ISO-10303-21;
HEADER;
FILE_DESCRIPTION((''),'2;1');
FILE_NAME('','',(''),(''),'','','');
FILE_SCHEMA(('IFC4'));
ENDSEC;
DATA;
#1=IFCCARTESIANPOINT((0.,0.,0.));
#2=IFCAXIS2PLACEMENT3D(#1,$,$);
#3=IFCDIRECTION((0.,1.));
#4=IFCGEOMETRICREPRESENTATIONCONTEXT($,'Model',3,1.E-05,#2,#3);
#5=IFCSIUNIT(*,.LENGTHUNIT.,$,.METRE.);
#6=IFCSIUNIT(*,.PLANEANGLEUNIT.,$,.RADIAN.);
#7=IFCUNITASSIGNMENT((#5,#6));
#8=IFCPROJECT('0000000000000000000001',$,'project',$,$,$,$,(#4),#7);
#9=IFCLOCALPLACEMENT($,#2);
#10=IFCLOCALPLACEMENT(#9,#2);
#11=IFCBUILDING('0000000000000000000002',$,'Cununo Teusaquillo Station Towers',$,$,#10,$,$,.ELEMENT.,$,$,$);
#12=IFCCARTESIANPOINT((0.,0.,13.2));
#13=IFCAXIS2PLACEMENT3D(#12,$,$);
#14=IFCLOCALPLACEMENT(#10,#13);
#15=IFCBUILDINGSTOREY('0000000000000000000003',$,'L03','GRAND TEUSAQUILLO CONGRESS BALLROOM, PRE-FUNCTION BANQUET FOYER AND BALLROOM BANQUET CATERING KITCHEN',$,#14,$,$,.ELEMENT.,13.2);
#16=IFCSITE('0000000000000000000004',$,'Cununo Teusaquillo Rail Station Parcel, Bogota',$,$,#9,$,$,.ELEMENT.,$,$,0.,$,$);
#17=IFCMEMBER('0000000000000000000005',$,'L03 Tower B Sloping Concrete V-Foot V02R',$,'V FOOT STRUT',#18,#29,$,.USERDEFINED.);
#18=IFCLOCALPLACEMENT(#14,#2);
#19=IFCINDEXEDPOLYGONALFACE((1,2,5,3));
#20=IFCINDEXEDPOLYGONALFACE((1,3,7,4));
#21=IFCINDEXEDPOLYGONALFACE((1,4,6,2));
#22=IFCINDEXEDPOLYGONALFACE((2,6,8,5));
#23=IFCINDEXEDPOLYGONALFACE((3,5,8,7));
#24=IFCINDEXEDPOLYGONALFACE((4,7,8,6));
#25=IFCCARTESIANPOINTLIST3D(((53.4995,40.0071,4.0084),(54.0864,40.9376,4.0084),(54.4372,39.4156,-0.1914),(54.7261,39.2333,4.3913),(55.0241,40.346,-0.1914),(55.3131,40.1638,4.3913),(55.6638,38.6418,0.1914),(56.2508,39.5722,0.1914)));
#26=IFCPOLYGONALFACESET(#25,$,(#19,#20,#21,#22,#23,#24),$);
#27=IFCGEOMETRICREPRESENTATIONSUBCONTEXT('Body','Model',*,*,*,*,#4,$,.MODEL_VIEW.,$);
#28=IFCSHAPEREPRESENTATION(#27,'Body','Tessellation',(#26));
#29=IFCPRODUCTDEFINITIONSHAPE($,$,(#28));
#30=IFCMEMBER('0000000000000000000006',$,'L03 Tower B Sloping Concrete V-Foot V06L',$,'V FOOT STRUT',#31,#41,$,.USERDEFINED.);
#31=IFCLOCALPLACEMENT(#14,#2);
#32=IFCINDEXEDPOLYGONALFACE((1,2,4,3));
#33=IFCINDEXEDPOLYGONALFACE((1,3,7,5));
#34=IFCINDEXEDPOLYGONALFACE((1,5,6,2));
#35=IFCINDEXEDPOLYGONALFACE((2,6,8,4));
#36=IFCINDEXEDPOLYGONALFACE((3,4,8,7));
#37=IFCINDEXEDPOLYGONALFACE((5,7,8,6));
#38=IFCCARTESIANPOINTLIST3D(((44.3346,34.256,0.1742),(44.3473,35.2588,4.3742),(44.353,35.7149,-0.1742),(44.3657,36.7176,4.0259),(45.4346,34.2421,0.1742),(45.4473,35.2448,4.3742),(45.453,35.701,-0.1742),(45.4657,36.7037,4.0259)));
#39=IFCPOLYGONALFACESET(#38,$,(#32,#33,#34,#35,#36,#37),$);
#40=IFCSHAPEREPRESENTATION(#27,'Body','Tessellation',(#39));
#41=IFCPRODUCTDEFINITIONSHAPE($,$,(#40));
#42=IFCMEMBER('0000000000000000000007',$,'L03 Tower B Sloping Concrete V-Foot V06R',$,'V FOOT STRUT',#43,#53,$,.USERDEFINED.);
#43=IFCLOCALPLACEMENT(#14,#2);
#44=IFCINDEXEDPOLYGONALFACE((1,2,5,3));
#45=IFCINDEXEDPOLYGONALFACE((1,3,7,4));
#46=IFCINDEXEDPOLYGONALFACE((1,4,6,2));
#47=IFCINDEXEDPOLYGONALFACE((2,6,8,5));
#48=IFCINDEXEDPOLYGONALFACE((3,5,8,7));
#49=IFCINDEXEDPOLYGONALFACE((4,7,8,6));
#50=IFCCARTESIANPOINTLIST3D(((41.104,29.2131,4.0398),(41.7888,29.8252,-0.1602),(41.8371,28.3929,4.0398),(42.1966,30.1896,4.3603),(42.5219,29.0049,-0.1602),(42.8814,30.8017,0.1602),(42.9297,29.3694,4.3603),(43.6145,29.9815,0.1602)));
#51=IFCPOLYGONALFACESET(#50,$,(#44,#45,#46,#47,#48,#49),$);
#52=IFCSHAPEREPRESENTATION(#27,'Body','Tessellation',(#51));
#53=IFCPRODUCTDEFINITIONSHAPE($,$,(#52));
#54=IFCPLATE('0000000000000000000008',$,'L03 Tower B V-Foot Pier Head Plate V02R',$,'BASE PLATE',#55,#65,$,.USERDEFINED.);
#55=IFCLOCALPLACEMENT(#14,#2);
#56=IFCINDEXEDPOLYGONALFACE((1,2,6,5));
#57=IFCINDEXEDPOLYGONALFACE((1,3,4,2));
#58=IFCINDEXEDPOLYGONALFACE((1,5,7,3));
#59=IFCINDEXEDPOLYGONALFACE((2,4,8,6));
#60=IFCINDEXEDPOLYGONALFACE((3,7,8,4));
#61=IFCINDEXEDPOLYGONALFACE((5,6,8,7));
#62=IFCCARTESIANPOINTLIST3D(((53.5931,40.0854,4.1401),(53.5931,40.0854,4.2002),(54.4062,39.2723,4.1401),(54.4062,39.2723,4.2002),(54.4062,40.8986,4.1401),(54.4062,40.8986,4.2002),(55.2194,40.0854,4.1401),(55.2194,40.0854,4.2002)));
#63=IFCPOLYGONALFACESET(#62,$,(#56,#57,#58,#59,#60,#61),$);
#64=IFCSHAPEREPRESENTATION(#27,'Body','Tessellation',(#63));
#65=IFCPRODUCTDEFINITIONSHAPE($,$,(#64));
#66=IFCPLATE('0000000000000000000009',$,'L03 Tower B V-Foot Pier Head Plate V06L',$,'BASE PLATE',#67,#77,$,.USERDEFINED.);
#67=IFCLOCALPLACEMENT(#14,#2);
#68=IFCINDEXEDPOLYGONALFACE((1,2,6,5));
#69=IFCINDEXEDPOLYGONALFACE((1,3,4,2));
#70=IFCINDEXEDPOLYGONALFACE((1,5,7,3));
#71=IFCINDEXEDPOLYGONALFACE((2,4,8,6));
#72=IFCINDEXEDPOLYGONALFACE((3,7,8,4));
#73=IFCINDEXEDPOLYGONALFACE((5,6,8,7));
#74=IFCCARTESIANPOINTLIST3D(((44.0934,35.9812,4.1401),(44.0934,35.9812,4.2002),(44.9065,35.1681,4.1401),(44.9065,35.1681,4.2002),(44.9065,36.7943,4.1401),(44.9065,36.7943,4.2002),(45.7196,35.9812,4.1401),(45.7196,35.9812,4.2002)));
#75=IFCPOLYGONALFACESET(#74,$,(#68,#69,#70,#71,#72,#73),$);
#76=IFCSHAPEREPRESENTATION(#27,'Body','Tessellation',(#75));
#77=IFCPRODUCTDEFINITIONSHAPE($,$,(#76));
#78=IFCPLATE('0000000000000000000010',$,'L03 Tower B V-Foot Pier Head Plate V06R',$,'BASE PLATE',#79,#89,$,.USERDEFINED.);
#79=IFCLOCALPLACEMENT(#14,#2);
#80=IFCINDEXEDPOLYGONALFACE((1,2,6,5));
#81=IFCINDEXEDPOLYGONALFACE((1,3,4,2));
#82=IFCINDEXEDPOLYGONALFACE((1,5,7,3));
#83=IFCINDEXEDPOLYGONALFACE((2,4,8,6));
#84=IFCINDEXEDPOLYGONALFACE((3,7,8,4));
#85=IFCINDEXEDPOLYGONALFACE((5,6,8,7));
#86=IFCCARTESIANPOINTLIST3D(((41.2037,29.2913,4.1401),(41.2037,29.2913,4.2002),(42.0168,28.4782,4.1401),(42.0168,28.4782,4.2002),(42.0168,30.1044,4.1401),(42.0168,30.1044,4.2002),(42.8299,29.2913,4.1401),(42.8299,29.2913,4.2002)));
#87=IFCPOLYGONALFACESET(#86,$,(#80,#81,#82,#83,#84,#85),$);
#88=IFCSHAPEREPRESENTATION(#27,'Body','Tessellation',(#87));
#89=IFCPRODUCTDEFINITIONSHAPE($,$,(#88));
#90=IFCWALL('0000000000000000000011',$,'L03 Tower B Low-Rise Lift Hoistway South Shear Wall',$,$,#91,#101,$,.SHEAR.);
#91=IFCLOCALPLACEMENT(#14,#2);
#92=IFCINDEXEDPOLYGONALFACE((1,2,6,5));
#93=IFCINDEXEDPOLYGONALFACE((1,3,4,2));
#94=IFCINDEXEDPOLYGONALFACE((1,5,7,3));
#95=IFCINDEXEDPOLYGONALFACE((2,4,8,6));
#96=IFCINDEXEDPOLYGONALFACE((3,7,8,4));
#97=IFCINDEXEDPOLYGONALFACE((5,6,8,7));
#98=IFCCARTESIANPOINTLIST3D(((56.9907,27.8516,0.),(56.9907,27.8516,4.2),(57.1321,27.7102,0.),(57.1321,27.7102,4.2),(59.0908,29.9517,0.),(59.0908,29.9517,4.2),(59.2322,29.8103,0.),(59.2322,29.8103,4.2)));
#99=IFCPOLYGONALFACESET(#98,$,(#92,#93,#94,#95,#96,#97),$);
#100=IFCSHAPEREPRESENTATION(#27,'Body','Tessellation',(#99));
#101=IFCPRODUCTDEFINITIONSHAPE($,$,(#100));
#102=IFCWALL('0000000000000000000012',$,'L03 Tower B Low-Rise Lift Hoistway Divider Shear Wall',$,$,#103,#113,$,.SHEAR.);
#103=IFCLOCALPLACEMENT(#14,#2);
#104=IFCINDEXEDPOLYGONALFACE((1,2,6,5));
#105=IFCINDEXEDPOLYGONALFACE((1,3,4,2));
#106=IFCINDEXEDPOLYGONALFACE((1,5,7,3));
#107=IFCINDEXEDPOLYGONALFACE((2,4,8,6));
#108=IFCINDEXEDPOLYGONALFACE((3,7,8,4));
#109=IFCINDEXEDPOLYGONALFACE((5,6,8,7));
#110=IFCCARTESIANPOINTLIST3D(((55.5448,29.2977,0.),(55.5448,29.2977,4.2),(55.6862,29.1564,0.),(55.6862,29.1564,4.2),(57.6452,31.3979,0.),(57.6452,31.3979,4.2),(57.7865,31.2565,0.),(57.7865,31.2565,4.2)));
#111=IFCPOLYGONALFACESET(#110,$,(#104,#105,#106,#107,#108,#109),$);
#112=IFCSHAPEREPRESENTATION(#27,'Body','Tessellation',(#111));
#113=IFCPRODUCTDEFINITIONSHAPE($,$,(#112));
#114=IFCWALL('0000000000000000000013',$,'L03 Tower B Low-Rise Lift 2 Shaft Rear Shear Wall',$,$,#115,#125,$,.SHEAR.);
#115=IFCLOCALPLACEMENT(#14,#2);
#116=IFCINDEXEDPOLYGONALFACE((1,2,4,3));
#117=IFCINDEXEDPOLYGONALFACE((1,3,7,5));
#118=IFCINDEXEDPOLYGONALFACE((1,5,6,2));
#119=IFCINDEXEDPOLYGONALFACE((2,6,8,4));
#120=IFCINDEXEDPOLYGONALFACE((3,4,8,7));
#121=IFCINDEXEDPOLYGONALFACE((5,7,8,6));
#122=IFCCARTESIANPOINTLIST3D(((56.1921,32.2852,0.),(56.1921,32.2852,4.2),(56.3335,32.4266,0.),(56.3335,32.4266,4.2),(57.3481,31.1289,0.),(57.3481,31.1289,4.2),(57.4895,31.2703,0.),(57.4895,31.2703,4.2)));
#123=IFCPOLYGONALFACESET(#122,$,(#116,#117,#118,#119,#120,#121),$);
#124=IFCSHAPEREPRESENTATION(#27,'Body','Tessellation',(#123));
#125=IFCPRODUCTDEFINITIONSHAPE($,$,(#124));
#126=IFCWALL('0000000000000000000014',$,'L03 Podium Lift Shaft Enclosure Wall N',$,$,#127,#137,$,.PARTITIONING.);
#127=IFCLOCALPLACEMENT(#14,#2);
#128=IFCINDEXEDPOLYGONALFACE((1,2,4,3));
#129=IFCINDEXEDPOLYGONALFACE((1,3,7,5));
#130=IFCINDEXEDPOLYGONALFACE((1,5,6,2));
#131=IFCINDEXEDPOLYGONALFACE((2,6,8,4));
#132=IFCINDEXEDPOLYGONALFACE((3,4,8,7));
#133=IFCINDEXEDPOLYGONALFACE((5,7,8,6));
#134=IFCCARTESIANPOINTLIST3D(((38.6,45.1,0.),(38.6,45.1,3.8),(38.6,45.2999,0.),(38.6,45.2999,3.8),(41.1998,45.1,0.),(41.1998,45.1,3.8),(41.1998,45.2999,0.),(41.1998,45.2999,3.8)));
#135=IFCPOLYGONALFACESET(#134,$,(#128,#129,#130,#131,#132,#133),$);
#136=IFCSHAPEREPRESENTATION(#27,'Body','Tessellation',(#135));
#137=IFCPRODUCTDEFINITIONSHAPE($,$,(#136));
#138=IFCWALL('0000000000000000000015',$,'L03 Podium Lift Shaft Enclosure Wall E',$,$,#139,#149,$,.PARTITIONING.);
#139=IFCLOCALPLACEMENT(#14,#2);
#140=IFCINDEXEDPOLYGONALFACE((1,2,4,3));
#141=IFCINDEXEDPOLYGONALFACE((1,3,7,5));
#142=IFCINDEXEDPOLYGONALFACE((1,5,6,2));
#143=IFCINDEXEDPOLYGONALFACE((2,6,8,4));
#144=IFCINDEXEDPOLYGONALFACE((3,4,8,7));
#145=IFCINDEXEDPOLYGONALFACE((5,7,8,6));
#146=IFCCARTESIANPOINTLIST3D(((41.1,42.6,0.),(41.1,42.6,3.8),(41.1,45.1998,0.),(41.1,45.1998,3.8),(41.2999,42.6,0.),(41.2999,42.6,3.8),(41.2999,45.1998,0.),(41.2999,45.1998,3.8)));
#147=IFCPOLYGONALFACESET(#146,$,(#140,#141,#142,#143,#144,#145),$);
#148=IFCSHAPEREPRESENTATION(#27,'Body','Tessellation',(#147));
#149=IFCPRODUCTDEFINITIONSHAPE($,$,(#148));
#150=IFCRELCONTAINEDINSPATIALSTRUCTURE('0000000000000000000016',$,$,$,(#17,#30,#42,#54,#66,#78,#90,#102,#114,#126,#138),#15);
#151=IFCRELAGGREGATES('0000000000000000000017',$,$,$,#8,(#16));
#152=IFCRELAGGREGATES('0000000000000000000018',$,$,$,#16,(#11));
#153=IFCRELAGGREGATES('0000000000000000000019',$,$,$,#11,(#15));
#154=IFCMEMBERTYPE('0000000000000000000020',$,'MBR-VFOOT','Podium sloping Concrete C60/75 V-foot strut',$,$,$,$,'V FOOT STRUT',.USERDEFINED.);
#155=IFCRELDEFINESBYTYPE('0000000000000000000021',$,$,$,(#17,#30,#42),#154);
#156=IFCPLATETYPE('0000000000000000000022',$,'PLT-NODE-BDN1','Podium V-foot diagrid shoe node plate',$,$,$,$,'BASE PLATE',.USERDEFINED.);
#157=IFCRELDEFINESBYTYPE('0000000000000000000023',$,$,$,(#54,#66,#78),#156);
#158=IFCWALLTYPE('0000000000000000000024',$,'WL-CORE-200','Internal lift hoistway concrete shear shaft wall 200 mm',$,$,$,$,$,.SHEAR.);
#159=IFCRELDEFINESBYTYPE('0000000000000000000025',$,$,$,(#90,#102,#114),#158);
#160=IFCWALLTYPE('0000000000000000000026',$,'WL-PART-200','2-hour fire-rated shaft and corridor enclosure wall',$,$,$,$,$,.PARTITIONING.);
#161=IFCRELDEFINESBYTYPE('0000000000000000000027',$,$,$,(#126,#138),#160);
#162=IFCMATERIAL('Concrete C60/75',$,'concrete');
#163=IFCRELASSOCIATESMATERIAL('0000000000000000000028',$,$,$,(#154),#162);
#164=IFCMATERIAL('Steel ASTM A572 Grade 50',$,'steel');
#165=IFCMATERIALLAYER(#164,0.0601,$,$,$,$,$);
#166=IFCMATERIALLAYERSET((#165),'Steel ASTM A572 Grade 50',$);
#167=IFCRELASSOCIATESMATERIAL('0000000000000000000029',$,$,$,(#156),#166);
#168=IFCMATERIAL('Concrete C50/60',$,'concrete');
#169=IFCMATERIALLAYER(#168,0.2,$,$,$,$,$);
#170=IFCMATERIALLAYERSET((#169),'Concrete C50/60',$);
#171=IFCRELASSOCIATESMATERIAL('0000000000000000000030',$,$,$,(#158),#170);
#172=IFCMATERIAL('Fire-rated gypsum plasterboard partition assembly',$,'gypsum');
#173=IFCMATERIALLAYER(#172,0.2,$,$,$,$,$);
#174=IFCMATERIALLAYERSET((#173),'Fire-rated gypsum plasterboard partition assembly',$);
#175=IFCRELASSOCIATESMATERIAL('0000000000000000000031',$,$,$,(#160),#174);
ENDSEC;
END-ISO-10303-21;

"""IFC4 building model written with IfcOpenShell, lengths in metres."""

from ifc_helpers import new_model, si_unit, direction, frame, frame_2d, origin, origin_2d, place, context, subcontext, project, spatial, rectangle, extrude, source, transform, mapped, material, layer, layer_set, material_profile, profile_set, type_object, element, save


model = new_model("IFC4")

# Units and contexts
model_context = context("Model", 3, precision=1e-05, world=origin(), true_north=direction((0.0, 1.0)))
body_context = subcontext(model_context, "Body", "Model", "MODEL_VIEW")
ifc_project = project(units=[si_unit("LENGTHUNIT", "METRE"), si_unit("PLANEANGLEUNIT", "RADIAN")], contexts=[model_context])

# Site, building, storey
site_placement = place(None, origin())
site = spatial("IfcSite", under=ifc_project, at=site_placement, Name="Cununo Teusaquillo Rail Station Parcel, Bogota", CompositionType="ELEMENT", RefElevation=0.0)
building_placement = place(site_placement, origin())
building = spatial("IfcBuilding", under=site, at=building_placement, Name="Cununo Teusaquillo Station Towers", CompositionType="ELEMENT")
storey_placement = place(building_placement, frame((0.0, 0.0, 13.2)))
storey = spatial("IfcBuildingStorey", under=building, at=storey_placement, Name="L03", Description="GRAND TEUSAQUILLO CONGRESS BALLROOM, PRE-FUNCTION BANQUET FOYER AND BALLROOM BANQUET CATERING KITCHEN", CompositionType="ELEMENT", Elevation=13.2)

# Members
ifc_material_1 = material(Name="Concrete C60/75", Category="concrete")
ifc_material_profile_1 = material_profile(ifc_material_1, rectangle(XDim=1.1001, YDim=1.5, at=origin_2d()), Name="RC-RECT-1500x1100")
ifc_profile_set_1 = profile_set([ifc_material_profile_1], Name="Concrete C60/75")
member_type = type_object("IfcMemberType", Name="MBR-VFOOT", Description="Podium sloping Concrete C60/75 V-foot strut", ElementType="V FOOT STRUT", PredefinedType="USERDEFINED", material=ifc_profile_set_1)
member_1_placement = place(storey_placement, frame((55.344, 39.4939, 0.0), z_axis=(-0.215879, 0.136182, 0.966877), x_axis=(-0.533537, -0.845777, 0.0)))
element("IfcMember", 1, at=member_1_placement, inside=storey, type_object=member_type, Name="L03 Tower B Sloping Concrete V-Foot V02R", ObjectType="V FOOT STRUT", PredefinedType="USERDEFINED", context=body_context, shape_type="SweptSolid", body=[
    extrude(rectangle(XDim=1.1001, YDim=1.5, at=origin_2d()), origin(), (0.0, 0.0, 1.0), 4.3438),
])
member_2_placement = place(storey_placement, frame((44.8938, 34.9785, 0.0), z_axis=(0.00294, 0.232211, 0.972661), x_axis=(-0.99992, 0.01266, 0.0)))
element("IfcMember", 2, at=member_2_placement, inside=storey, type_object=member_type, Name="L03 Tower B Sloping Concrete V-Foot V06L", ObjectType="V FOOT STRUT", PredefinedType="USERDEFINED", context=body_context, shape_type="SweptSolid", body=[
    extrude(rectangle(XDim=1.1001, YDim=1.5, at=origin_2d()), origin(), (0.0, 0.0, 1.0), 4.3181),
])
member_3_placement = place(storey_placement, frame((42.7017, 29.9033, 0.0), z_axis=(-0.159289, -0.142366, 0.976913), x_axis=(0.666391, -0.745603, 0.0)))
element("IfcMember", 3, at=member_3_placement, inside=storey, type_object=member_type, Name="L03 Tower B Sloping Concrete V-Foot V06R", ObjectType="V FOOT STRUT", PredefinedType="USERDEFINED", context=body_context, shape_type="SweptSolid", body=[
    extrude(rectangle(XDim=1.1001, YDim=1.5, at=origin_2d()), origin(), (0.0, 0.0, 1.0), 4.2993),
])

# Plates
ifc_material_2 = material(Name="Steel ASTM A572 Grade 50", Category="steel")
ifc_layer_1 = layer(ifc_material_2, 0.0601)
ifc_layer_set_1 = layer_set([ifc_layer_1], Name="Steel ASTM A572 Grade 50")
plate_type = type_object("IfcPlateType", Name="PLT-NODE-BDN1", Description="Podium V-foot diagrid shoe node plate", ElementType="BASE PLATE", PredefinedType="USERDEFINED", material=ifc_layer_set_1)
shared_shape_1 = source(origin(), body_context, "Body", "SweptSolid", [
    extrude(rectangle(XDim=1.1499, YDim=1.1499, at=origin_2d()), origin(), (0.0, 0.0, 1.0), 0.0601),
])
for number, where, z_axis, x_axis, name in (
    (4, (54.4062, 40.0854, 4.1401), (0.0, 0.0, 1.0), (0.707107, 0.707107, 0.0), "L03 Tower B V-Foot Pier Head Plate V02R"),
    (5, (44.9065, 35.9812, 4.1401), (0.0, 0.0, 1.0), (0.707107, 0.707107, 0.0), "L03 Tower B V-Foot Pier Head Plate V06L"),
    (6, (42.0168, 29.2913, 4.1401), (0.0, 0.0, 1.0), (0.707107, 0.707107, 0.0), "L03 Tower B V-Foot Pier Head Plate V06R"),
):
    element("IfcPlate", number, at=place(storey_placement, frame(where, z_axis=z_axis, x_axis=x_axis)), inside=storey, type_object=plate_type, Name=name, ObjectType="BASE PLATE", PredefinedType="USERDEFINED", context=body_context, shape_type="MappedRepresentation", body=[
        mapped(shared_shape_1, transform((0.0, 0.0, 0.0), x_axis=(1.0, 0.0, 0.0), y_axis=(0.0, 1.0, 0.0), z_axis=(0.0, 0.0, 1.0), scale=1.0)),
    ])

# Walls
ifc_material_3 = material(Name="Concrete C50/60", Category="concrete")
ifc_layer_2 = layer(ifc_material_3, 0.2)
ifc_layer_set_2 = layer_set([ifc_layer_2], Name="Concrete C50/60")
wall_type_1 = type_object("IfcWallType", Name="WL-CORE-200", Description="Internal lift hoistway concrete shear shaft wall 200 mm", PredefinedType="SHEAR", material=ifc_layer_set_2)
wall_1_placement = place(storey_placement, frame((57.0615, 27.781, 0.0), z_axis=(0.0, 0.0, 1.0), x_axis=(0.707107, 0.707107, 0.0)))
element("IfcWall", 7, at=wall_1_placement, inside=storey, type_object=wall_type_1, Name="L03 Tower B Low-Rise Lift Hoistway South Shear Wall", PredefinedType="SHEAR", context=body_context, shape_type="SweptSolid", body=[
    extrude(rectangle(XDim=2.97, YDim=0.2, at=frame_2d((1.4849, 0.0))), origin(), (0.0, 0.0, 1.0), 4.2),
])
wall_2_placement = place(storey_placement, frame((55.6155, 29.2271, 0.0), z_axis=(0.0, 0.0, 1.0), x_axis=(0.707148, 0.707066, 0.0)))
element("IfcWall", 8, at=wall_2_placement, inside=storey, type_object=wall_type_1, Name="L03 Tower B Low-Rise Lift Hoistway Divider Shear Wall", PredefinedType="SHEAR", context=body_context, shape_type="SweptSolid", body=[
    extrude(rectangle(XDim=2.9702, YDim=0.2, at=frame_2d((1.4851, 0.0))), origin(), (0.0, 0.0, 1.0), 4.2),
])
wall_3_placement = place(storey_placement, frame((57.4187, 31.1997, 0.0), z_axis=(0.0, 0.0, 1.0), x_axis=(-0.707032, 0.707181, 0.0)))
element("IfcWall", 9, at=wall_3_placement, inside=storey, type_object=wall_type_1, Name="L03 Tower B Low-Rise Lift 2 Shaft Rear Shear Wall", PredefinedType="SHEAR", context=body_context, shape_type="SweptSolid", body=[
    extrude(rectangle(XDim=1.635, YDim=0.2, at=frame_2d((0.8174, 0.0))), origin(), (0.0, 0.0, 1.0), 4.2),
])
ifc_material_4 = material(Name="Fire-rated gypsum plasterboard partition assembly", Category="gypsum")
ifc_layer_3 = layer(ifc_material_4, 0.2)
ifc_layer_set_3 = layer_set([ifc_layer_3], Name="Fire-rated gypsum plasterboard partition assembly")
wall_type_2 = type_object("IfcWallType", Name="WL-PART-200", Description="2-hour fire-rated shaft and corridor enclosure wall", PredefinedType="PARTITIONING", material=ifc_layer_set_3)
for number, where, z_axis, x_axis, name in (
    (10, (38.6001, 45.2, 0.0), (0.0, 0.0, 1.0), (1.0, 0.0, 0.0), "L03 Podium Lift Shaft Enclosure Wall N"),
    (11, (41.2, 42.6001, 0.0), (0.0, 0.0, 1.0), (0.0, 1.0, 0.0), "L03 Podium Lift Shaft Enclosure Wall E"),
):
    element("IfcWall", number, at=place(storey_placement, frame(where, z_axis=z_axis, x_axis=x_axis)), inside=storey, type_object=wall_type_2, Name=name, PredefinedType="PARTITIONING", context=body_context, shape_type="SweptSolid", body=[
        extrude(rectangle(XDim=2.5999, YDim=0.2, at=frame_2d((1.2998, 0.0))), origin(), (0.0, 0.0, 1.0), 3.8),
    ])

save(model, "model.ifc")
